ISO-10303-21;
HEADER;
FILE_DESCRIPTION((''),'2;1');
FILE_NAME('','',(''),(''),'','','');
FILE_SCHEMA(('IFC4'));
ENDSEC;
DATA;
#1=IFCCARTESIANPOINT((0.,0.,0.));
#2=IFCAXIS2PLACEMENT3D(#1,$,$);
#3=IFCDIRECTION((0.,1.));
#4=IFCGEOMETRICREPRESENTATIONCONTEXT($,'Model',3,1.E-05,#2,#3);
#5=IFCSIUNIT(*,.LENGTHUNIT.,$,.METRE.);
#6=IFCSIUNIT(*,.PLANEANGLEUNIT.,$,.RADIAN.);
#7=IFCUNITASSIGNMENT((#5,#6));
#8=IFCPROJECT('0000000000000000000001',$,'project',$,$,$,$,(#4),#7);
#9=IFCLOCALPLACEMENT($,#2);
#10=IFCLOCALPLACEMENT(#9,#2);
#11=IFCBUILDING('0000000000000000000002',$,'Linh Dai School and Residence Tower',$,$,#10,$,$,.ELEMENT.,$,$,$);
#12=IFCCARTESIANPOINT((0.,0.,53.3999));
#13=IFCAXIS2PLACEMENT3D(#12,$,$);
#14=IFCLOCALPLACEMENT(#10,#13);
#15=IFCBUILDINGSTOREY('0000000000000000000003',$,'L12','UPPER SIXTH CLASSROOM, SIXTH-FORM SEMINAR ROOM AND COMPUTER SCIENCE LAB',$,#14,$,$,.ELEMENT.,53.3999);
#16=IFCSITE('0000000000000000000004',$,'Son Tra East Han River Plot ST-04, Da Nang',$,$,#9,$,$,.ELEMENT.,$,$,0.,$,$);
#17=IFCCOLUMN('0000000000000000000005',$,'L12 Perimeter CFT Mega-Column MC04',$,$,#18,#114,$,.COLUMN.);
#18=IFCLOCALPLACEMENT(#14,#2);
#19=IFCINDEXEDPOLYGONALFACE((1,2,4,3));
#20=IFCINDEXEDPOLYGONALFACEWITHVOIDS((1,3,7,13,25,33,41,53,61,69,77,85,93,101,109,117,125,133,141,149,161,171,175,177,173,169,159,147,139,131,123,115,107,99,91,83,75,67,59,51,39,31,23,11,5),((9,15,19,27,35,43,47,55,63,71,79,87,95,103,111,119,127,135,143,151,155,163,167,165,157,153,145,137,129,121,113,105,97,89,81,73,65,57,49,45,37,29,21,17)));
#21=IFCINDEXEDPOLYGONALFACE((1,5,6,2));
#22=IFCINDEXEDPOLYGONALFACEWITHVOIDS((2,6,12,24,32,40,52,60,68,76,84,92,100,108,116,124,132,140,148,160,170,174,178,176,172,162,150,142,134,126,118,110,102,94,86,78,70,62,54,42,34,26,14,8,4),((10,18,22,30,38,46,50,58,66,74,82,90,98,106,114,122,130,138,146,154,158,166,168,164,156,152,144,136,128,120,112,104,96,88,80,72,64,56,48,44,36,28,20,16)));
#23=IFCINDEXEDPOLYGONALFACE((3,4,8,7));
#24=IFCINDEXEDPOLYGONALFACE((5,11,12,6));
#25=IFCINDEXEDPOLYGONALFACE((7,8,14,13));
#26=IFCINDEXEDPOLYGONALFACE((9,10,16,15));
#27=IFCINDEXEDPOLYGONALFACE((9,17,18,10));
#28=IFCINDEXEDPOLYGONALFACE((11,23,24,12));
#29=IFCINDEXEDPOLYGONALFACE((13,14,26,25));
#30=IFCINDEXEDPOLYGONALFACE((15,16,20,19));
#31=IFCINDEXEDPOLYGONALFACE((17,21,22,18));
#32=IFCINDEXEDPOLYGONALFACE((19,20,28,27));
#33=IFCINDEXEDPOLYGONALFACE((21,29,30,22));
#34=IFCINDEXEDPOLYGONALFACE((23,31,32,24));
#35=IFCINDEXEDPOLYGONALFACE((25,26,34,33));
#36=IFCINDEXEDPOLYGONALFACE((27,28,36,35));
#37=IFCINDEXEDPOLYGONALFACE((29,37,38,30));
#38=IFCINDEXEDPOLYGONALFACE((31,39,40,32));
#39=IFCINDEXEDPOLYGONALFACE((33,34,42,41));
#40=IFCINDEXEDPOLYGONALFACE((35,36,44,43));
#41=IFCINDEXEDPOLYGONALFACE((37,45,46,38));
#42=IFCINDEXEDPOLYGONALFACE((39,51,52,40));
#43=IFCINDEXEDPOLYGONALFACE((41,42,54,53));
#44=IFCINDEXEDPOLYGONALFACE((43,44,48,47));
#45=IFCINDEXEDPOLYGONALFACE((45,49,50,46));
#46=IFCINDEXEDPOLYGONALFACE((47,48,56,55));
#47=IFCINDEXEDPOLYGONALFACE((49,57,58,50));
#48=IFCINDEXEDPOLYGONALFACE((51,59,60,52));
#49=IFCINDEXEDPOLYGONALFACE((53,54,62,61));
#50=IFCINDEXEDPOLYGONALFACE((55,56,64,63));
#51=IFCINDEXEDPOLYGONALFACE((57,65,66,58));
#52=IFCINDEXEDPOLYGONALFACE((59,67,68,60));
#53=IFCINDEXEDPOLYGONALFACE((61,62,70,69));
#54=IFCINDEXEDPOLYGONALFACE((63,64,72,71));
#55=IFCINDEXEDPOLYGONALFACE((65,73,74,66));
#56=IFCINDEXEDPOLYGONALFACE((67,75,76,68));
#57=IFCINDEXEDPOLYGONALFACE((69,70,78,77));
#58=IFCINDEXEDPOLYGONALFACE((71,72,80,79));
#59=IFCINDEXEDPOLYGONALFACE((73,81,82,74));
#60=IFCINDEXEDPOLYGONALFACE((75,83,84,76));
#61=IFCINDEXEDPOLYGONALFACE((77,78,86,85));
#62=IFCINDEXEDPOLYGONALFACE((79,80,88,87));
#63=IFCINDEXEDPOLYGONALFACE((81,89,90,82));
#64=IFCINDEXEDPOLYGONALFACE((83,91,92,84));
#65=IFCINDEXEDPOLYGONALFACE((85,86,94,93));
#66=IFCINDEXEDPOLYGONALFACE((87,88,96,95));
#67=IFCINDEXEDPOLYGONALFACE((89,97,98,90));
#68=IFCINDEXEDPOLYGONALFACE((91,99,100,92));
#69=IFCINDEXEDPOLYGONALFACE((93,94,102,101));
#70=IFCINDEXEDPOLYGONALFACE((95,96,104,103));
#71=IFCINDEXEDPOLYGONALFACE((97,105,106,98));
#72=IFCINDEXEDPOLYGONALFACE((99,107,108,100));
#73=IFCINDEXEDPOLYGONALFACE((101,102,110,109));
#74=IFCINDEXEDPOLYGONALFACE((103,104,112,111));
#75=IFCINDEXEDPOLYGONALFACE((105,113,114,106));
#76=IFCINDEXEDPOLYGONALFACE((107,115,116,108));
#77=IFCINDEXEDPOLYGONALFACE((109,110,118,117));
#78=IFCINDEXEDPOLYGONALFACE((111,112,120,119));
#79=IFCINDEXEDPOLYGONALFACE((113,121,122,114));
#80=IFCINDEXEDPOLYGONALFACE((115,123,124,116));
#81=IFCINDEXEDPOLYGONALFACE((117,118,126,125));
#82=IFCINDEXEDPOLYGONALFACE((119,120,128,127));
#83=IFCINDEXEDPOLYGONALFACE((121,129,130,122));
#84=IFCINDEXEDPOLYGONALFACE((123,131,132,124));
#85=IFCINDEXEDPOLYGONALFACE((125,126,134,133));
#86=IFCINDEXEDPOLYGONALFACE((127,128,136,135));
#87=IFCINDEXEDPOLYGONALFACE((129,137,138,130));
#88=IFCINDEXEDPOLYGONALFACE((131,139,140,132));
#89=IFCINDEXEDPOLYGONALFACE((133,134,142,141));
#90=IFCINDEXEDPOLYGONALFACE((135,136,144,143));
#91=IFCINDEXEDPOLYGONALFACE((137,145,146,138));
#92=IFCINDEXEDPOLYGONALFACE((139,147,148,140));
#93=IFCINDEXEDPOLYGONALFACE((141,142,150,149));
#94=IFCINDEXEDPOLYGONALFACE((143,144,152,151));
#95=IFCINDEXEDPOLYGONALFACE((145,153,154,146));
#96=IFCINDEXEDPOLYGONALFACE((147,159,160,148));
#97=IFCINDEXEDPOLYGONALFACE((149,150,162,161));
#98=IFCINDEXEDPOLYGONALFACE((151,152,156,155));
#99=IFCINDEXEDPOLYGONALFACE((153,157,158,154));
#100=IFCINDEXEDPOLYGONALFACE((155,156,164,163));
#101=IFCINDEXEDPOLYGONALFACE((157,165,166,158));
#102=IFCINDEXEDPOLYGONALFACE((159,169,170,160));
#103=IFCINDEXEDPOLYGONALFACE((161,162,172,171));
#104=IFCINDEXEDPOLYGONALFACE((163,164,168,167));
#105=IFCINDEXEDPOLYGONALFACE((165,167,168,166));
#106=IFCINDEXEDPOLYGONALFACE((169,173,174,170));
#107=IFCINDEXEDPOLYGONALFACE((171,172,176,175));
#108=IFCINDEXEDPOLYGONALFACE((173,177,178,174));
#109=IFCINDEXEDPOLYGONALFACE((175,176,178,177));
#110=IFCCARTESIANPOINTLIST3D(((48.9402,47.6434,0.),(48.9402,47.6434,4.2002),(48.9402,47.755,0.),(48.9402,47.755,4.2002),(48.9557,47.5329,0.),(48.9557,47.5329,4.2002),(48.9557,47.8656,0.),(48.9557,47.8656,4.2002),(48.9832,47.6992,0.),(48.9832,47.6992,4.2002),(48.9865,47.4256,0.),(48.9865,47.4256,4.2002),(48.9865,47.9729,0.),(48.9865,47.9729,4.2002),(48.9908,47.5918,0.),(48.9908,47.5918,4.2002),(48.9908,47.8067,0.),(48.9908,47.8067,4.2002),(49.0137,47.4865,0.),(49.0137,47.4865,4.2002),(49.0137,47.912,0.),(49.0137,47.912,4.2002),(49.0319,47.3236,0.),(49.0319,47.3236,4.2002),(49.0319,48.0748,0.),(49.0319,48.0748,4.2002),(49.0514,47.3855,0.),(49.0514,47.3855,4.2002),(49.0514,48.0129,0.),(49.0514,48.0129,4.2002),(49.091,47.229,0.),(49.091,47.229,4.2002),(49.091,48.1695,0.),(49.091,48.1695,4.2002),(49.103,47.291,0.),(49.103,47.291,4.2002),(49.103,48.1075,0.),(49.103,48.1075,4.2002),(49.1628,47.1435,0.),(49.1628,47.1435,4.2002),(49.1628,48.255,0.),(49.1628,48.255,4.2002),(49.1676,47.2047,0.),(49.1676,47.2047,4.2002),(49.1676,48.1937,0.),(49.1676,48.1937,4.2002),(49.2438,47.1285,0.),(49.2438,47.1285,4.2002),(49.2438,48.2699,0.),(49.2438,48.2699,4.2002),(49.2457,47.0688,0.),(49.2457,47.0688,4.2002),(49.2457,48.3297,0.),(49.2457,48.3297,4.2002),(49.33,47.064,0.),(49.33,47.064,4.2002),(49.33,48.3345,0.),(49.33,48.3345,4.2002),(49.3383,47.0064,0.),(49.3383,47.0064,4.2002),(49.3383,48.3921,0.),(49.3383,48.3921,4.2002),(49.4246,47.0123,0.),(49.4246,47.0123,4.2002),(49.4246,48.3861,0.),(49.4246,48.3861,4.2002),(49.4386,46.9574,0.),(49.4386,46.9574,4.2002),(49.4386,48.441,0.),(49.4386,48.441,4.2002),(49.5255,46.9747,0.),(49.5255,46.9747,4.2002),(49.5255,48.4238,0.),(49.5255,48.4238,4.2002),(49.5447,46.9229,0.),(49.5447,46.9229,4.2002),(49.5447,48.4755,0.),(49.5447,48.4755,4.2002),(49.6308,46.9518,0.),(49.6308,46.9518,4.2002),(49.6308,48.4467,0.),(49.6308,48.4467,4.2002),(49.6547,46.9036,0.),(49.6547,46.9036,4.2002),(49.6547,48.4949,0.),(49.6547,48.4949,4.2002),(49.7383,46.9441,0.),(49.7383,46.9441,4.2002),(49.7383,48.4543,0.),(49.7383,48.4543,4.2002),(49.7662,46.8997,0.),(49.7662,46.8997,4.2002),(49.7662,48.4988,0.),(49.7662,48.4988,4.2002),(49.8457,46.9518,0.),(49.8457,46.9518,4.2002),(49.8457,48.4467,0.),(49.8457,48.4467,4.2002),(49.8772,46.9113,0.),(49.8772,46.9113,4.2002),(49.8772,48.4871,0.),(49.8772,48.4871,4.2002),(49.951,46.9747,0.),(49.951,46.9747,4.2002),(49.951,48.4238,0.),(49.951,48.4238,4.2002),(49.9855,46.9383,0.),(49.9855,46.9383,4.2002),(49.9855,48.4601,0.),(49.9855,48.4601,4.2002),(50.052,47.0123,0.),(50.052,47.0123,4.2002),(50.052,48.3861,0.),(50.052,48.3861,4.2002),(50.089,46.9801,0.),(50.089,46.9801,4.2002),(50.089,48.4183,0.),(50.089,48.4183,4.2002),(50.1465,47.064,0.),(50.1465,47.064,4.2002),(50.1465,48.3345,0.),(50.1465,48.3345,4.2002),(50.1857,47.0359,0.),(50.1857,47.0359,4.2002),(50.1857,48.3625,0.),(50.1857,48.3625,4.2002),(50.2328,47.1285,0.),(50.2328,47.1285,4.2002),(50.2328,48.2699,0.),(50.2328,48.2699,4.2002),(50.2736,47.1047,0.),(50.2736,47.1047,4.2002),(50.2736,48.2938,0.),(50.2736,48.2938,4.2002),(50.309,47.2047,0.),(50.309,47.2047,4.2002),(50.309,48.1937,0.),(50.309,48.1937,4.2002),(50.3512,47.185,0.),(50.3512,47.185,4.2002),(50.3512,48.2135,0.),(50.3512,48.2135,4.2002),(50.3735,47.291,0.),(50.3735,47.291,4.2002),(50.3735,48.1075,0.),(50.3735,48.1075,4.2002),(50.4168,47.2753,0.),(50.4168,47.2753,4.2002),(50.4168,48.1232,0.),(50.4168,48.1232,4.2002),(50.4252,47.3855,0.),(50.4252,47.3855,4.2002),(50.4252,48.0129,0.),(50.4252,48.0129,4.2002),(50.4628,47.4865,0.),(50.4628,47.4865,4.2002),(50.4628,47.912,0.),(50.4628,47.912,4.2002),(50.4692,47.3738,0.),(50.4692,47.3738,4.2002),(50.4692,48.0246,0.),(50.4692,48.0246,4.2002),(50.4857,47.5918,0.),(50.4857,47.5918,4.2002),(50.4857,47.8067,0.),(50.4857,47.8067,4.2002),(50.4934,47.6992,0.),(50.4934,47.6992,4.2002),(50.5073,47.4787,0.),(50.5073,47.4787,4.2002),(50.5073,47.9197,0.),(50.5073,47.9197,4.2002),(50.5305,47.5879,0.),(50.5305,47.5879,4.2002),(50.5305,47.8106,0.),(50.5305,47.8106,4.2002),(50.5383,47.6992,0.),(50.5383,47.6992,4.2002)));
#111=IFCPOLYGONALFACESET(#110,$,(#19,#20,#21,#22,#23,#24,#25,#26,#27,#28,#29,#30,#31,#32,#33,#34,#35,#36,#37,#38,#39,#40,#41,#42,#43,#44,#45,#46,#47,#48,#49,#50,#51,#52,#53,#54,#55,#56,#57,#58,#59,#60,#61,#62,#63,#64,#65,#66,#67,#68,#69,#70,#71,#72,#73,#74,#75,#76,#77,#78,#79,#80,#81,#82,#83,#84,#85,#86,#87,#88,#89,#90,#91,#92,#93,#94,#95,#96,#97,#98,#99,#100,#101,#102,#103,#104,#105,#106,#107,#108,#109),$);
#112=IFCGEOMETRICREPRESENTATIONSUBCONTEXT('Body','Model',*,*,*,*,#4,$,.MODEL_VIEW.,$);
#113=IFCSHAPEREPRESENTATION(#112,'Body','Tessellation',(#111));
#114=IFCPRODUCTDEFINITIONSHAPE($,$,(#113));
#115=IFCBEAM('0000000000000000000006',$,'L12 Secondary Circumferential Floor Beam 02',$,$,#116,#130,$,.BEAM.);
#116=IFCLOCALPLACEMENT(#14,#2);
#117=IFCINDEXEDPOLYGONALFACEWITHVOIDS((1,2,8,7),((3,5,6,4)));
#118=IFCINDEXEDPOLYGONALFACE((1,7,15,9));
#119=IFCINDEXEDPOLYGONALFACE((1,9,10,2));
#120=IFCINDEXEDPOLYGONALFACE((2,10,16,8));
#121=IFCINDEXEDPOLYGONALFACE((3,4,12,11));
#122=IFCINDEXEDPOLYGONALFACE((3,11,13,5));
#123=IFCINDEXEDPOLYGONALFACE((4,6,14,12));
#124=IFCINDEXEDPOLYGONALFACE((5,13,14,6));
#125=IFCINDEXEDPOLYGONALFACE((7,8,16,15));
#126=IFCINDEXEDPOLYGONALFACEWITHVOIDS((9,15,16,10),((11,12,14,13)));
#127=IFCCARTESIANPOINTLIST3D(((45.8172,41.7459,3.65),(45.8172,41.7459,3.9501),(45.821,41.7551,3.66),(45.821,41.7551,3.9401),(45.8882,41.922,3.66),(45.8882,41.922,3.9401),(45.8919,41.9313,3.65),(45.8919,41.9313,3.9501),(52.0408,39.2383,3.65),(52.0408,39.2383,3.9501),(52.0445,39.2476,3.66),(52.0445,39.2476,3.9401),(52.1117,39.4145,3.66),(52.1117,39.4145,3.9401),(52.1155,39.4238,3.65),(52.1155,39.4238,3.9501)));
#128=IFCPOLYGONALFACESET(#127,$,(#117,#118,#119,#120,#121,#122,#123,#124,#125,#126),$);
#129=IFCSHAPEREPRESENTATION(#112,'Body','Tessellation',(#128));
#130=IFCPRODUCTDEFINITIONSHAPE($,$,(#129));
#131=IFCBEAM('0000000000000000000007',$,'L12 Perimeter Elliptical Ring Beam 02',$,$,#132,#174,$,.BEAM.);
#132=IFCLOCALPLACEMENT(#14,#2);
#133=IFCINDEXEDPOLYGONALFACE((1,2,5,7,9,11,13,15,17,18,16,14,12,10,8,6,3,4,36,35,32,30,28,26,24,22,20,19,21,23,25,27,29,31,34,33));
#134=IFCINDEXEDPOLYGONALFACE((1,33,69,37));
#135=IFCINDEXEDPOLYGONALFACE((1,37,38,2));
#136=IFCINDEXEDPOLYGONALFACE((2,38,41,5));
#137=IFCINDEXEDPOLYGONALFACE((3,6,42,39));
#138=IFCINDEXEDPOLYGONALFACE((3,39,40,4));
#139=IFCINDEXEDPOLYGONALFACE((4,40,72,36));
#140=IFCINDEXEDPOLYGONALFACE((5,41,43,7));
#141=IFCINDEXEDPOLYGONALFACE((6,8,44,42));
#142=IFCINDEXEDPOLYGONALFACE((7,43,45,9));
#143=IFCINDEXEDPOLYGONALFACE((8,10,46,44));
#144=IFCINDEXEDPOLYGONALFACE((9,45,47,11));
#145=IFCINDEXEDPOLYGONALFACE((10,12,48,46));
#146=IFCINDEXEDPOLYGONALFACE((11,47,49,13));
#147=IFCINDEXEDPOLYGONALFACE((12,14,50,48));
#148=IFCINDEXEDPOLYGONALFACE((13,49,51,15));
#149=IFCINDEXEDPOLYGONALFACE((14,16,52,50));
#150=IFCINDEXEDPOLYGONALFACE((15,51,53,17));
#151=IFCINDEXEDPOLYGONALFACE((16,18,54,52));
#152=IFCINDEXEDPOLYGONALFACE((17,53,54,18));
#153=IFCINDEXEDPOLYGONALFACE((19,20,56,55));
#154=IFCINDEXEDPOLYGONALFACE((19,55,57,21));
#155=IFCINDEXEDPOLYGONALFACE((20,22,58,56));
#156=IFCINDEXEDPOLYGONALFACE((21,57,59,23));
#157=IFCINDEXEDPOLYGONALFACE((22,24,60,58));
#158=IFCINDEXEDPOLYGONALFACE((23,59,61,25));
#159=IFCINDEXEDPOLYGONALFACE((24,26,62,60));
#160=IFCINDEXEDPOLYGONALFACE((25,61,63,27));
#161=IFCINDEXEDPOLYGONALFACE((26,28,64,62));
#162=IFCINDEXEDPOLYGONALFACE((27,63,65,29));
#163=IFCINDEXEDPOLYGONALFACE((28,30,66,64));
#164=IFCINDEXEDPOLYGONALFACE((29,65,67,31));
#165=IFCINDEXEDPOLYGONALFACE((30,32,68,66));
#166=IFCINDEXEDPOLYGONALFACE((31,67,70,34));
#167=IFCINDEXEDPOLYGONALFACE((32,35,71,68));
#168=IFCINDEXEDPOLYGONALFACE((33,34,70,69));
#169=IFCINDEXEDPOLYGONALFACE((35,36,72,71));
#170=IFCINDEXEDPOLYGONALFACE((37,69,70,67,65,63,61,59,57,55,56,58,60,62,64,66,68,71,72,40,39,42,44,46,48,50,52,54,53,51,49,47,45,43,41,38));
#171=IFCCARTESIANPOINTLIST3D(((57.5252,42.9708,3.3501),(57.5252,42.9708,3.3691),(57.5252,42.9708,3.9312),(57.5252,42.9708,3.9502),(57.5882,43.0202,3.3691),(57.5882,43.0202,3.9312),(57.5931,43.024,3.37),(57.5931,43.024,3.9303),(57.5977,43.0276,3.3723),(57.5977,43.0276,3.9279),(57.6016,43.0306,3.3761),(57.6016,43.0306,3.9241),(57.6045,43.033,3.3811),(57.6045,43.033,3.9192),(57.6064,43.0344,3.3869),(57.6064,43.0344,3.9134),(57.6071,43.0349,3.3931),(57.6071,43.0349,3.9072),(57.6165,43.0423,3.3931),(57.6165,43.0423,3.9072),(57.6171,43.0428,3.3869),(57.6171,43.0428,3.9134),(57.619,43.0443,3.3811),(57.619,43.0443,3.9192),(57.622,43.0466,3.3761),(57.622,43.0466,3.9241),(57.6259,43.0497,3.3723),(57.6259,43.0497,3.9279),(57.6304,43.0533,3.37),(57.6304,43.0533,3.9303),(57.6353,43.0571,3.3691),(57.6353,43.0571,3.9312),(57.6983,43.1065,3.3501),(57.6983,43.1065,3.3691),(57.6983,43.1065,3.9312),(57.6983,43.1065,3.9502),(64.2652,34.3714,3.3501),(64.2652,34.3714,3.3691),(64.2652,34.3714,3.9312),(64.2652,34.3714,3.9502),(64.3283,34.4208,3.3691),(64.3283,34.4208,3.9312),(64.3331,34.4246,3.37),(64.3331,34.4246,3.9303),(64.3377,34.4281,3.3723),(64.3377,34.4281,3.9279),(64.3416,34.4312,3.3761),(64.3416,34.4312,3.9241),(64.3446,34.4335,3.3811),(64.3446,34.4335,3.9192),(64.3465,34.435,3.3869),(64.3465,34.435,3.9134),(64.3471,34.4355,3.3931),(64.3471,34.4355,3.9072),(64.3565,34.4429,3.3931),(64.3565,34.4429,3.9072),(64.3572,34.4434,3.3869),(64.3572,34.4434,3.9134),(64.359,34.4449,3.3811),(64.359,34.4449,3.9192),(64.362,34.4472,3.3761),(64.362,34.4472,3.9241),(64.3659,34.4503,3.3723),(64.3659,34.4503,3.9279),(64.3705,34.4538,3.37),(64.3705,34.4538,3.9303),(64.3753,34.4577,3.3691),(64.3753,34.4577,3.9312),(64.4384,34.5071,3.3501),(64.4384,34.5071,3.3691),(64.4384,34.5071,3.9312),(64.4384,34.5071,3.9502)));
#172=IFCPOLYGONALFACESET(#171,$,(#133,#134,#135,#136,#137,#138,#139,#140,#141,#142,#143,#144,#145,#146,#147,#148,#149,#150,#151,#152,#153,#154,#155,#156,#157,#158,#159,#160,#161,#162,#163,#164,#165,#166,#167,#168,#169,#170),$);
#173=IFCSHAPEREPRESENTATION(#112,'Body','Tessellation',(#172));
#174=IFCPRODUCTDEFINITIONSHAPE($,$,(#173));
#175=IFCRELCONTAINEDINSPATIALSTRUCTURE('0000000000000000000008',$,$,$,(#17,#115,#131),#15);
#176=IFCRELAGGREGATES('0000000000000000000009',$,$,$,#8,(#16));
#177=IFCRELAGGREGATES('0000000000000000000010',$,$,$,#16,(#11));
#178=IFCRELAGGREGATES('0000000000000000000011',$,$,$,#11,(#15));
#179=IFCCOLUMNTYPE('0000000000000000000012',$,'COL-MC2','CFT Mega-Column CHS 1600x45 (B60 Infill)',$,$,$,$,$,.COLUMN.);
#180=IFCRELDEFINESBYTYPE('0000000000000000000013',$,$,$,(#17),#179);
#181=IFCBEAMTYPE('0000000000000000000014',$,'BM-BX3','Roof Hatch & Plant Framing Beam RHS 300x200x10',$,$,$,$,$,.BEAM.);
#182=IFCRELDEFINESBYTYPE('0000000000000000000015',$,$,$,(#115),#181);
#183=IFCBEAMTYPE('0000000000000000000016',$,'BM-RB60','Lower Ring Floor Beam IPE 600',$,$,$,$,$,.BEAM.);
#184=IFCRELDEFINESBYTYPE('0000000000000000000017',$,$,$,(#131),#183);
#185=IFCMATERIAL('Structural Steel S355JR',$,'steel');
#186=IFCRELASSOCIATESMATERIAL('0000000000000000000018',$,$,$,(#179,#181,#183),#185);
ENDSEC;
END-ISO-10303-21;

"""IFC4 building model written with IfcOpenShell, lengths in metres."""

from ifc_helpers import new_model, si_unit, direction, frame, origin, origin_2d, place, context, subcontext, project, spatial, hollow_rectangle, hollow_circle, i_section, extrude, material, material_profile, profile_set, type_object, element, save


model = new_model("IFC4")

# Units and contexts
model_context = context("Model", 3, precision=1e-05, world=origin(), true_north=direction((0.0, 1.0)))
body_context = subcontext(model_context, "Body", "Model", "MODEL_VIEW")
ifc_project = project(units=[si_unit("LENGTHUNIT", "METRE"), si_unit("PLANEANGLEUNIT", "RADIAN")], contexts=[model_context])

# Site, building, storey
site_placement = place(None, origin())
site = spatial("IfcSite", under=ifc_project, at=site_placement, Name="Son Tra East Han River Plot ST-04, Da Nang", CompositionType="ELEMENT", RefElevation=0.0)
building_placement = place(site_placement, origin())
building = spatial("IfcBuilding", under=site, at=building_placement, Name="Linh Dai School and Residence Tower", CompositionType="ELEMENT")
storey_placement = place(building_placement, frame((0.0, 0.0, 53.3999)))
storey = spatial("IfcBuildingStorey", under=building, at=storey_placement, Name="L12", Description="UPPER SIXTH CLASSROOM, SIXTH-FORM SEMINAR ROOM AND COMPUTER SCIENCE LAB", CompositionType="ELEMENT", Elevation=53.3999)

# Column
ifc_material_1 = material(Name="Structural Steel S355JR", Category="steel")
ifc_material_profile_1 = material_profile(ifc_material_1, hollow_circle(Radius=0.8, WallThickness=0.0449, at=origin_2d()), Name="CHS 1600x45")
ifc_profile_set_1 = profile_set([ifc_material_profile_1], Name="Structural Steel S355JR")
column_type_1 = type_object("IfcColumnType", Name="COL-MC2", Description="CFT Mega-Column CHS 1600x45 (B60 Infill)", PredefinedType="COLUMN", material=ifc_profile_set_1)
for number, where, z_axis, x_axis, name in (
    (1, (49.7383, 47.6992, 0.0), (0.0, 0.0, 1.0), (1.0, 0.0, 0.0), "L12 Perimeter CFT Mega-Column MC04"),
):
    element("IfcColumn", number, at=place(storey_placement, frame(where, z_axis=z_axis, x_axis=x_axis)), inside=storey, type_object=column_type_1, Name=name, PredefinedType="COLUMN", context=body_context, shape_type="SweptSolid", body=[
        extrude(hollow_circle(Radius=0.8, WallThickness=0.0449, at=origin_2d()), origin(), (0.0, 0.0, 1.0), 4.2002),
    ])

# Beams
ifc_material_profile_2 = material_profile(ifc_material_1, hollow_rectangle(XDim=0.2, YDim=0.3, WallThickness=0.01, at=origin_2d()), Name="RHS 300x200x10")
ifc_profile_set_2 = profile_set([ifc_material_profile_2], Name="Structural Steel S355JR")
beam_type_1 = type_object("IfcBeamType", Name="BM-BX3", Description="Roof Hatch & Plant Framing Beam RHS 300x200x10", PredefinedType="BEAM", material=ifc_profile_set_2)
beam_1_placement = place(storey_placement, frame((52.0781, 39.3311, 3.8), z_axis=(-0.927543, 0.373717, 0.0), x_axis=(-0.373717, -0.927543, 0.0)))
element("IfcBeam", 2, at=beam_1_placement, inside=storey, type_object=beam_type_1, Name="L12 Secondary Circumferential Floor Beam 02", PredefinedType="BEAM", context=body_context, shape_type="SweptSolid", body=[
    extrude(hollow_rectangle(XDim=0.2, YDim=0.3, WallThickness=0.01, at=origin_2d()), origin(), (0.0, 0.0, 1.0), 6.7097),
])
ifc_material_profile_3 = material_profile(ifc_material_1, i_section(OverallWidth=0.22, OverallDepth=0.6001, WebThickness=0.012, FlangeThickness=0.019, FilletRadius=0.0239, at=origin_2d()), Name="IPE 600")
ifc_profile_set_3 = profile_set([ifc_material_profile_3], Name="Structural Steel S355JR")
beam_type_2 = type_object("IfcBeamType", Name="BM-RB60", Description="Lower Ring Floor Beam IPE 600", PredefinedType="BEAM", material=ifc_profile_set_3)
beam_2_placement = place(storey_placement, frame((64.3518, 34.4392, 3.6501), z_axis=(-0.616879, 0.787058, 0.0), x_axis=(-0.787058, -0.616879, 0.0)))
element("IfcBeam", 3, at=beam_2_placement, inside=storey, type_object=beam_type_2, Name="L12 Perimeter Elliptical Ring Beam 02", PredefinedType="BEAM", context=body_context, shape_type="SweptSolid", body=[
    extrude(i_section(OverallWidth=0.22, OverallDepth=0.6001, WebThickness=0.012, FlangeThickness=0.019, FilletRadius=0.0239, at=origin_2d()), origin(), (0.0, 0.0, 1.0), 10.926),
])

save(model, "model.ifc")
